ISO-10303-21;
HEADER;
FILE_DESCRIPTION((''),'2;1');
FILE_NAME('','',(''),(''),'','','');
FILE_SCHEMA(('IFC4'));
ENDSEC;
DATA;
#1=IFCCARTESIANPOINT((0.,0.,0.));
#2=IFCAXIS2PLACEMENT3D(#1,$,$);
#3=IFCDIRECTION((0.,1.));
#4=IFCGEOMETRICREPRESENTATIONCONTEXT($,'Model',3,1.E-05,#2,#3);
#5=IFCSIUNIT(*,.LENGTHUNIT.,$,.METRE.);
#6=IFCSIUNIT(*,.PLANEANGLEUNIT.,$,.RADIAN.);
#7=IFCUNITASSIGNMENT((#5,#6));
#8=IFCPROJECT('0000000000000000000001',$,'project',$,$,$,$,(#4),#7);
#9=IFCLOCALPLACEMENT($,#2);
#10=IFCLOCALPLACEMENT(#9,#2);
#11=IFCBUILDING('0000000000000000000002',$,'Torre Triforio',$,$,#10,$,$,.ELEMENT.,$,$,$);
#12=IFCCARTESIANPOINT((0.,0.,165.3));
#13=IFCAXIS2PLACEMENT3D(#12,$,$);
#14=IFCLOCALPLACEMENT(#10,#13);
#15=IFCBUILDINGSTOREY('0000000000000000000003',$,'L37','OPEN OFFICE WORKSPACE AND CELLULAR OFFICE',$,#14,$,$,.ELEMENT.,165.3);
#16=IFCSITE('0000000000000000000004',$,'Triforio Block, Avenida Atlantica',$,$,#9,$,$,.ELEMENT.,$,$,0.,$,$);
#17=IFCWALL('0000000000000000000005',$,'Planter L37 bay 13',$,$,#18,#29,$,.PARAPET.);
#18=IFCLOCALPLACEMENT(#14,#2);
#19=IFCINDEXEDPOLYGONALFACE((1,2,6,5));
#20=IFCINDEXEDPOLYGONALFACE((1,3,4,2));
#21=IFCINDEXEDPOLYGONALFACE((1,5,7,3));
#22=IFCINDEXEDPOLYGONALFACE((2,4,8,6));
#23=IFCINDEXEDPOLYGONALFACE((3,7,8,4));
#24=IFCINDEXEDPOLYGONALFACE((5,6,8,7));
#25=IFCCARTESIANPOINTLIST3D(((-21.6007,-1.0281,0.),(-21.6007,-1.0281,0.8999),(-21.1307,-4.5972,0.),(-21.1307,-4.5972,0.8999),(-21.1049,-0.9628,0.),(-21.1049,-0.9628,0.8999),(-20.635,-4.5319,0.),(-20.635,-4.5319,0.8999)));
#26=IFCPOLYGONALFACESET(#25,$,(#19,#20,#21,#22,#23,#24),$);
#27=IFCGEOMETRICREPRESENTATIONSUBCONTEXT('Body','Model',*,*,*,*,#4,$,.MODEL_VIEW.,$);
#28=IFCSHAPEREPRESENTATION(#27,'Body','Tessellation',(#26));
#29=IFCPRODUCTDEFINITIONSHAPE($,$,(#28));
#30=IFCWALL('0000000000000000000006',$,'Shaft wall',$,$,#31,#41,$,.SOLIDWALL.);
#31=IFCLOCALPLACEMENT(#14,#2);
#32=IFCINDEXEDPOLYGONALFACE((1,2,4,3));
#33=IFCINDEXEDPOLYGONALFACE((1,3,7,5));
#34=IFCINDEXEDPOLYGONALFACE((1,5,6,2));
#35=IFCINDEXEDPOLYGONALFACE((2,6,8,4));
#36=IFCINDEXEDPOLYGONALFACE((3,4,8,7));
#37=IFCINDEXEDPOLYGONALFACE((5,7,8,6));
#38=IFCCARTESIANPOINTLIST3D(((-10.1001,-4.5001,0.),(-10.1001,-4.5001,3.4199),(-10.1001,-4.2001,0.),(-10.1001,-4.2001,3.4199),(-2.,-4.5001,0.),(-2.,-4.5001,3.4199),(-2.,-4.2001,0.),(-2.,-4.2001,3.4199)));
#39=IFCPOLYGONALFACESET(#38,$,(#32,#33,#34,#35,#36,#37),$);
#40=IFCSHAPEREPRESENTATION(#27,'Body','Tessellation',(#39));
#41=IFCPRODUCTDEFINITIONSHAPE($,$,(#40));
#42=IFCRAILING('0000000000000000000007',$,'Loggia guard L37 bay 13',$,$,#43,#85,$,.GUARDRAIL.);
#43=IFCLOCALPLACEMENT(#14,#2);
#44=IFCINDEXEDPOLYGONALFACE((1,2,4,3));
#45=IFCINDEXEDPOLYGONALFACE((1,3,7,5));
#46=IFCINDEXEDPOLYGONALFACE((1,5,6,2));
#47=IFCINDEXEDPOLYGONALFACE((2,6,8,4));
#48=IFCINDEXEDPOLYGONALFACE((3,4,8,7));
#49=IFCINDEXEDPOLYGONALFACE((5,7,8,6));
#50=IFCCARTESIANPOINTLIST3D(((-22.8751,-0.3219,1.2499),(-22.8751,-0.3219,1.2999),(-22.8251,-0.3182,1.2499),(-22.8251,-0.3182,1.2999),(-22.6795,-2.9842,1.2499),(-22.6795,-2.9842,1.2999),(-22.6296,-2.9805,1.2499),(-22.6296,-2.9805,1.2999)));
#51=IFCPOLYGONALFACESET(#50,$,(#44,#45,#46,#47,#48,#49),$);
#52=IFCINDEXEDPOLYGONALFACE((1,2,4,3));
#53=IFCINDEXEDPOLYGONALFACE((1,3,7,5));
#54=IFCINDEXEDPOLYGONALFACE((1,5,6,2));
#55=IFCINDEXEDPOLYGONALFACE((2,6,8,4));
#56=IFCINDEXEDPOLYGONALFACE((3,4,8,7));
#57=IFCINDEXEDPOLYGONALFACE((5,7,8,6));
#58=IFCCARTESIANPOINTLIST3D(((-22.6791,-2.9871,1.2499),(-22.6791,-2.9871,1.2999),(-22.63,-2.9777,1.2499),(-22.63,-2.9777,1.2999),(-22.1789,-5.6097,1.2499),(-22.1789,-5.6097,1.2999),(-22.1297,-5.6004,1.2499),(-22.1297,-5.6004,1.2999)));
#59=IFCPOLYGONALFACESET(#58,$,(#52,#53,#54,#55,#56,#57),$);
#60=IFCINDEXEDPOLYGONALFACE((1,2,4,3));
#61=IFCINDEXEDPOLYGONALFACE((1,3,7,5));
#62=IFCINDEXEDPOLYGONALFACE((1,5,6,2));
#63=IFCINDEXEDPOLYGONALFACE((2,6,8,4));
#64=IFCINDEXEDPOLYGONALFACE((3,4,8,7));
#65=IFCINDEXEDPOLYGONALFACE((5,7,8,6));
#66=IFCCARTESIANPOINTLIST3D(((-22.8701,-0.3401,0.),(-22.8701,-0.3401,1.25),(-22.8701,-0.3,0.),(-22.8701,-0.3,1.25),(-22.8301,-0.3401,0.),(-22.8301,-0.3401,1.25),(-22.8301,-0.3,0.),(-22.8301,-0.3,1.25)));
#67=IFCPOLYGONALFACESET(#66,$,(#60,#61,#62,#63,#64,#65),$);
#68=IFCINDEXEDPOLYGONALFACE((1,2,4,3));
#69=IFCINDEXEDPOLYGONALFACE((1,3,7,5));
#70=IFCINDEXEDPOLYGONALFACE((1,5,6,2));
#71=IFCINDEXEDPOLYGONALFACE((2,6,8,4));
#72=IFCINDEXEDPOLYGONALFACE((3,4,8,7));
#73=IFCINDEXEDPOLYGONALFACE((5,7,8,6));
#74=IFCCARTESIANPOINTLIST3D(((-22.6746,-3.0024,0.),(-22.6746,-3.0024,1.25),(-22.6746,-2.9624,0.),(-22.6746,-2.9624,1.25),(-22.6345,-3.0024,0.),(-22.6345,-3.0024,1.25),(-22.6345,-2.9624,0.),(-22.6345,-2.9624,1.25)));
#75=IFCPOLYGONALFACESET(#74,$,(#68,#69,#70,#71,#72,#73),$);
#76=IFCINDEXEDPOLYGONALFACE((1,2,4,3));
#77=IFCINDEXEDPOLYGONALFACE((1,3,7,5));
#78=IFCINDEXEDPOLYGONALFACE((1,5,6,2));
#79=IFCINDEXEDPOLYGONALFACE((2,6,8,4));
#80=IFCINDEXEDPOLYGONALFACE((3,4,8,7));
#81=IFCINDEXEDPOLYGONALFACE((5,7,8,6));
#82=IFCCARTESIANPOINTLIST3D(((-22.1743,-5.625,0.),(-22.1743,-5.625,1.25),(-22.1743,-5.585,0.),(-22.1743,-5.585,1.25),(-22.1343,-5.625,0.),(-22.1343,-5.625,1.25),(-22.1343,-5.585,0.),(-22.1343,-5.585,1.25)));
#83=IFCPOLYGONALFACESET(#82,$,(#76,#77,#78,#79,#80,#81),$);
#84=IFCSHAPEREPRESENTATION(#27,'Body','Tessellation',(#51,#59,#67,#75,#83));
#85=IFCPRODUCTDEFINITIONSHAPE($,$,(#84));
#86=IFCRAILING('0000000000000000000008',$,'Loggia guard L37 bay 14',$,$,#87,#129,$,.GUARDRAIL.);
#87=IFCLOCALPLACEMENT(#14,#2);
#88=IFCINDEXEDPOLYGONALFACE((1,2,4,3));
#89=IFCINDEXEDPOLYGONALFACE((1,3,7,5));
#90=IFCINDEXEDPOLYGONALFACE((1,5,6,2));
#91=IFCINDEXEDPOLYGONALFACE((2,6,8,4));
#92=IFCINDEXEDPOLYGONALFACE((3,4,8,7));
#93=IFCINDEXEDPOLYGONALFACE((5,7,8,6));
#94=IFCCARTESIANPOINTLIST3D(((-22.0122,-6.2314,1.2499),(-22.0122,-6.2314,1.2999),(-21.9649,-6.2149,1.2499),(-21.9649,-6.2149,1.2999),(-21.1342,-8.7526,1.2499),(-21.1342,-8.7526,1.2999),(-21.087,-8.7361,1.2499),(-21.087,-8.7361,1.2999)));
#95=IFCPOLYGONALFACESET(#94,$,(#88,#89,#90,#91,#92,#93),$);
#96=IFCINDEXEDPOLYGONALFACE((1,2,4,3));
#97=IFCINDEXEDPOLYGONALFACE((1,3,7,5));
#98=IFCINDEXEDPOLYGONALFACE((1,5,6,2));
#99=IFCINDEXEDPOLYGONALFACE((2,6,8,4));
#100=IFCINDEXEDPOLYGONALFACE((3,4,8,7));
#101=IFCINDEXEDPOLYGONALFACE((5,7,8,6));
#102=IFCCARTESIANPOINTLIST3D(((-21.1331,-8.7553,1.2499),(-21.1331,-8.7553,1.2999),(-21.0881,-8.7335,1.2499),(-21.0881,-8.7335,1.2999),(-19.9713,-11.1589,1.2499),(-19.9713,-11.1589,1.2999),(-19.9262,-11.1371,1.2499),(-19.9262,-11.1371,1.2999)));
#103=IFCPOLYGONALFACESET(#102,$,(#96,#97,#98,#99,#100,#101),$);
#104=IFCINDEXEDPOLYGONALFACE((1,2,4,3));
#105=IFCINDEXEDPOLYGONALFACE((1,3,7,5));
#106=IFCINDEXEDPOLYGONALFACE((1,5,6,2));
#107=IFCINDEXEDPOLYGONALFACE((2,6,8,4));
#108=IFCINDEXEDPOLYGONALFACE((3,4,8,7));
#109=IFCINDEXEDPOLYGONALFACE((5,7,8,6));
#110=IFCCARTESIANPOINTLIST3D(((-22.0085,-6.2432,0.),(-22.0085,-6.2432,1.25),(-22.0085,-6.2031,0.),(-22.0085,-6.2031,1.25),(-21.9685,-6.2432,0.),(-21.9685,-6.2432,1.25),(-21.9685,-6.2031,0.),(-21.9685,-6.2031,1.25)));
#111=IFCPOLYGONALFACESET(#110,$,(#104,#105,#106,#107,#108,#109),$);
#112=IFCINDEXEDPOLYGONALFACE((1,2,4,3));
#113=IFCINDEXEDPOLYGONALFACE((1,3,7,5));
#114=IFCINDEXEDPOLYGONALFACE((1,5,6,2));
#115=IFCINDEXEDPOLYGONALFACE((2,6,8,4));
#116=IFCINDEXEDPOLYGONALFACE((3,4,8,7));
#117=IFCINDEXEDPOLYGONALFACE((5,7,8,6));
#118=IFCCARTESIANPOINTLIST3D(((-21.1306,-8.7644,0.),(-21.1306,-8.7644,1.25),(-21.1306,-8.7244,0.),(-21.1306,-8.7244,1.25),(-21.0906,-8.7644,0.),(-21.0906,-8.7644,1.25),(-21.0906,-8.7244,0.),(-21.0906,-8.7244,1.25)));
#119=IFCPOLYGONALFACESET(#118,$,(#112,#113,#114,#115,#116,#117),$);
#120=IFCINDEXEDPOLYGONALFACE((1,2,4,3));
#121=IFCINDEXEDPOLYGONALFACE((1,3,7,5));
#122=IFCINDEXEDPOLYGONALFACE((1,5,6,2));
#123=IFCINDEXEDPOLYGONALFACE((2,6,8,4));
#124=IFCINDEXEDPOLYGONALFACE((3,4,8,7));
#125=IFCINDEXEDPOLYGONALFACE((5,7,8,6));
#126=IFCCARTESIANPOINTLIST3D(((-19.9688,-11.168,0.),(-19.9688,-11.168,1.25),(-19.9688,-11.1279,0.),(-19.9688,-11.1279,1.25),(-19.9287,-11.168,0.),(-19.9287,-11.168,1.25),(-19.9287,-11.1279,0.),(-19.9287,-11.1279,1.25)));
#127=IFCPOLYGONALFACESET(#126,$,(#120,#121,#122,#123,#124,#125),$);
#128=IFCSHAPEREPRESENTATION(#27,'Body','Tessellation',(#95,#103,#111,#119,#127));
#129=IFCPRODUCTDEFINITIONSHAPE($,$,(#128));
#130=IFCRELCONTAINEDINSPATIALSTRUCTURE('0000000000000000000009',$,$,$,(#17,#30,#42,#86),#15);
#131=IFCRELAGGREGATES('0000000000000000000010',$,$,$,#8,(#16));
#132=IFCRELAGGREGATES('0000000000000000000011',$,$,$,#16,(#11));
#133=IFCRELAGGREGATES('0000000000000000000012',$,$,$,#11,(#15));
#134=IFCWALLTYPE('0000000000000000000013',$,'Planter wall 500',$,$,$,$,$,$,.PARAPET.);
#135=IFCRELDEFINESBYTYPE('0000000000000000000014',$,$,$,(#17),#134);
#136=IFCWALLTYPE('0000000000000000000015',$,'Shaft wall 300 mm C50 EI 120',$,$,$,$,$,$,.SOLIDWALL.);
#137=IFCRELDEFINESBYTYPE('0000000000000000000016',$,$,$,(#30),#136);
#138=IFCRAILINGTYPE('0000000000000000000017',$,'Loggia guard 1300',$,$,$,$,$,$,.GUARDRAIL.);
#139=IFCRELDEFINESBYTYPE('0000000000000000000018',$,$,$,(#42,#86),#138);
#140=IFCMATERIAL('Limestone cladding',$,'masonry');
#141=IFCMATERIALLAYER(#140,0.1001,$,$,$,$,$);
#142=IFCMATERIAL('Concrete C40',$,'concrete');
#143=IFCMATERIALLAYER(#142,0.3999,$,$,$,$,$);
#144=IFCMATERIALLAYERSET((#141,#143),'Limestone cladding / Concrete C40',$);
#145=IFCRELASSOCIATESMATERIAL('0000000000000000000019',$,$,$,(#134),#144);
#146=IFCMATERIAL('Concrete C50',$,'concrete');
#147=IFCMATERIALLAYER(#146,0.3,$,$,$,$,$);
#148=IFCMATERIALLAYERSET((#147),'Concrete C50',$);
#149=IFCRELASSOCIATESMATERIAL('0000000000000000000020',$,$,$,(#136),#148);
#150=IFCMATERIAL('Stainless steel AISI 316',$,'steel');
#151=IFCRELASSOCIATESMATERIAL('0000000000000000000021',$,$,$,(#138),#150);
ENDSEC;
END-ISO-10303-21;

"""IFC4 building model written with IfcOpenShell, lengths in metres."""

from ifc_helpers import new_model, si_unit, direction, frame, frame_2d, origin, origin_2d, place, context, subcontext, project, spatial, rectangle, extrude, material, layer, layer_set, type_object, element, save


model = new_model("IFC4")

# Units and contexts
model_context = context("Model", 3, precision=1e-05, world=origin(), true_north=direction((0.0, 1.0)))
body_context = subcontext(model_context, "Body", "Model", "MODEL_VIEW")
ifc_project = project(units=[si_unit("LENGTHUNIT", "METRE"), si_unit("PLANEANGLEUNIT", "RADIAN")], contexts=[model_context])

# Site, building, storey
site_placement = place(None, origin())
site = spatial("IfcSite", under=ifc_project, at=site_placement, Name="Triforio Block, Avenida Atlantica", CompositionType="ELEMENT", RefElevation=0.0)
building_placement = place(site_placement, origin())
building = spatial("IfcBuilding", under=site, at=building_placement, Name="Torre Triforio", CompositionType="ELEMENT")
storey_placement = place(building_placement, frame((0.0, 0.0, 165.3)))
storey = spatial("IfcBuildingStorey", under=building, at=storey_placement, Name="L37", Description="OPEN OFFICE WORKSPACE AND CELLULAR OFFICE", CompositionType="ELEMENT", Elevation=165.3)

# Shared definitions
ifc_material_1 = material(Name="Concrete C50", Category="concrete")

# Shared definitions
ifc_material_2 = material(Name="Concrete C40", Category="concrete")

# Walls
ifc_material_3 = material(Name="Limestone cladding", Category="masonry")
ifc_layer_1 = layer(ifc_material_3, 0.1001)
ifc_layer_2 = layer(ifc_material_2, 0.3999)
ifc_layer_set_1 = layer_set([ifc_layer_1, ifc_layer_2], Name="Limestone cladding / Concrete C40")
wall_type_1 = type_object("IfcWallType", Name="Planter wall 500", PredefinedType="PARAPET", material=ifc_layer_set_1)
wall_1_placement = place(storey_placement, frame((-21.3528, -0.9956, 0.0), z_axis=(0.0, 0.0, 1.0), x_axis=(0.130551, -0.991442, 0.0)))
element("IfcWall", 1, at=wall_1_placement, inside=storey, type_object=wall_type_1, Name="Planter L37 bay 13", PredefinedType="PARAPET", context=body_context, shape_type="SweptSolid", body=[
    extrude(rectangle(XDim=3.5999, YDim=0.5, at=frame_2d((1.7998, 0.0))), origin(), (0.0, 0.0, 1.0), 0.8999),
])
ifc_layer_3 = layer(ifc_material_1, 0.3)
ifc_layer_set_2 = layer_set([ifc_layer_3], Name="Concrete C50")
wall_type_2 = type_object("IfcWallType", Name="Shaft wall 300 mm C50 EI 120", PredefinedType="SOLIDWALL", material=ifc_layer_set_2)
wall_2_placement = place(storey_placement, frame((-10.1001, -4.3501, 0.0), z_axis=(0.0, 0.0, 1.0), x_axis=(1.0, 0.0, 0.0)))
element("IfcWall", 2, at=wall_2_placement, inside=storey, type_object=wall_type_2, Name="Shaft wall", PredefinedType="SOLIDWALL", context=body_context, shape_type="SweptSolid", body=[
    extrude(rectangle(XDim=8.1001, YDim=0.3, at=frame_2d((4.05, 0.0))), origin(), (0.0, 0.0, 1.0), 3.4199),
])

# Railings
ifc_material_4 = material(Name="Stainless steel AISI 316", Category="steel")
railing_type = type_object("IfcRailingType", Name="Loggia guard 1300", PredefinedType="GUARDRAIL", material=ifc_material_4)
railing_1_placement = place(storey_placement, frame((-22.8501, -0.3201, 0.0)))
element("IfcRailing", 3, at=railing_1_placement, inside=storey, type_object=railing_type, Name="Loggia guard L37 bay 13", PredefinedType="GUARDRAIL", context=body_context, shape_type="SweptSolid", body=[
    extrude(rectangle(XDim=0.05, YDim=0.05, at=origin_2d()), frame((0.0, 0.0, 1.2749), z_axis=(0.073255, -0.997313, 0.0), x_axis=(0.997313, 0.073255, 0.0)), (0.0, 0.0, 1.0), 2.6694),
    extrude(rectangle(XDim=0.05, YDim=0.05, at=origin_2d()), frame((0.1956, -2.6624, 1.2749), z_axis=(0.187368, -0.98229, 0.0), x_axis=(0.98229, 0.187368, 0.0)), (0.0, 0.0, 1.0), 2.6699),
    extrude(rectangle(XDim=0.04, YDim=0.04, at=origin_2d()), origin(), (0.0, 0.0, 1.0), 1.25),
    extrude(rectangle(XDim=0.04, YDim=0.04, at=origin_2d()), frame((0.1956, -2.6624, 0.0)), (0.0, 0.0, 1.0), 1.25),
    extrude(rectangle(XDim=0.04, YDim=0.04, at=origin_2d()), frame((0.6958, -5.2849, 0.0)), (0.0, 0.0, 1.0), 1.25),
])
railing_2_placement = place(storey_placement, frame((-21.9885, -6.2231, 0.0)))
element("IfcRailing", 4, at=railing_2_placement, inside=storey, type_object=railing_type, Name="Loggia guard L37 bay 14", PredefinedType="GUARDRAIL", context=body_context, shape_type="SweptSolid", body=[
    extrude(rectangle(XDim=0.05, YDim=0.05, at=origin_2d()), frame((0.0, 0.0, 1.2749), z_axis=(0.328847, -0.944383, 0.0), x_axis=(0.944383, 0.328847, 0.0)), (0.0, 0.0, 1.0), 2.6697),
    extrude(rectangle(XDim=0.05, YDim=0.05, at=origin_2d()), frame((0.8779, -2.5212, 1.2749), z_axis=(0.435212, -0.900328, 0.0), x_axis=(0.900328, 0.435212, 0.0)), (0.0, 0.0, 1.0), 2.6697),
    extrude(rectangle(XDim=0.04, YDim=0.04, at=origin_2d()), origin(), (0.0, 0.0, 1.0), 1.25),
    extrude(rectangle(XDim=0.04, YDim=0.04, at=origin_2d()), frame((0.8779, -2.5212, 0.0)), (0.0, 0.0, 1.0), 1.25),
    extrude(rectangle(XDim=0.04, YDim=0.04, at=origin_2d()), frame((2.0398, -4.9248, 0.0)), (0.0, 0.0, 1.0), 1.25),
])

save(model, "model.ifc")
